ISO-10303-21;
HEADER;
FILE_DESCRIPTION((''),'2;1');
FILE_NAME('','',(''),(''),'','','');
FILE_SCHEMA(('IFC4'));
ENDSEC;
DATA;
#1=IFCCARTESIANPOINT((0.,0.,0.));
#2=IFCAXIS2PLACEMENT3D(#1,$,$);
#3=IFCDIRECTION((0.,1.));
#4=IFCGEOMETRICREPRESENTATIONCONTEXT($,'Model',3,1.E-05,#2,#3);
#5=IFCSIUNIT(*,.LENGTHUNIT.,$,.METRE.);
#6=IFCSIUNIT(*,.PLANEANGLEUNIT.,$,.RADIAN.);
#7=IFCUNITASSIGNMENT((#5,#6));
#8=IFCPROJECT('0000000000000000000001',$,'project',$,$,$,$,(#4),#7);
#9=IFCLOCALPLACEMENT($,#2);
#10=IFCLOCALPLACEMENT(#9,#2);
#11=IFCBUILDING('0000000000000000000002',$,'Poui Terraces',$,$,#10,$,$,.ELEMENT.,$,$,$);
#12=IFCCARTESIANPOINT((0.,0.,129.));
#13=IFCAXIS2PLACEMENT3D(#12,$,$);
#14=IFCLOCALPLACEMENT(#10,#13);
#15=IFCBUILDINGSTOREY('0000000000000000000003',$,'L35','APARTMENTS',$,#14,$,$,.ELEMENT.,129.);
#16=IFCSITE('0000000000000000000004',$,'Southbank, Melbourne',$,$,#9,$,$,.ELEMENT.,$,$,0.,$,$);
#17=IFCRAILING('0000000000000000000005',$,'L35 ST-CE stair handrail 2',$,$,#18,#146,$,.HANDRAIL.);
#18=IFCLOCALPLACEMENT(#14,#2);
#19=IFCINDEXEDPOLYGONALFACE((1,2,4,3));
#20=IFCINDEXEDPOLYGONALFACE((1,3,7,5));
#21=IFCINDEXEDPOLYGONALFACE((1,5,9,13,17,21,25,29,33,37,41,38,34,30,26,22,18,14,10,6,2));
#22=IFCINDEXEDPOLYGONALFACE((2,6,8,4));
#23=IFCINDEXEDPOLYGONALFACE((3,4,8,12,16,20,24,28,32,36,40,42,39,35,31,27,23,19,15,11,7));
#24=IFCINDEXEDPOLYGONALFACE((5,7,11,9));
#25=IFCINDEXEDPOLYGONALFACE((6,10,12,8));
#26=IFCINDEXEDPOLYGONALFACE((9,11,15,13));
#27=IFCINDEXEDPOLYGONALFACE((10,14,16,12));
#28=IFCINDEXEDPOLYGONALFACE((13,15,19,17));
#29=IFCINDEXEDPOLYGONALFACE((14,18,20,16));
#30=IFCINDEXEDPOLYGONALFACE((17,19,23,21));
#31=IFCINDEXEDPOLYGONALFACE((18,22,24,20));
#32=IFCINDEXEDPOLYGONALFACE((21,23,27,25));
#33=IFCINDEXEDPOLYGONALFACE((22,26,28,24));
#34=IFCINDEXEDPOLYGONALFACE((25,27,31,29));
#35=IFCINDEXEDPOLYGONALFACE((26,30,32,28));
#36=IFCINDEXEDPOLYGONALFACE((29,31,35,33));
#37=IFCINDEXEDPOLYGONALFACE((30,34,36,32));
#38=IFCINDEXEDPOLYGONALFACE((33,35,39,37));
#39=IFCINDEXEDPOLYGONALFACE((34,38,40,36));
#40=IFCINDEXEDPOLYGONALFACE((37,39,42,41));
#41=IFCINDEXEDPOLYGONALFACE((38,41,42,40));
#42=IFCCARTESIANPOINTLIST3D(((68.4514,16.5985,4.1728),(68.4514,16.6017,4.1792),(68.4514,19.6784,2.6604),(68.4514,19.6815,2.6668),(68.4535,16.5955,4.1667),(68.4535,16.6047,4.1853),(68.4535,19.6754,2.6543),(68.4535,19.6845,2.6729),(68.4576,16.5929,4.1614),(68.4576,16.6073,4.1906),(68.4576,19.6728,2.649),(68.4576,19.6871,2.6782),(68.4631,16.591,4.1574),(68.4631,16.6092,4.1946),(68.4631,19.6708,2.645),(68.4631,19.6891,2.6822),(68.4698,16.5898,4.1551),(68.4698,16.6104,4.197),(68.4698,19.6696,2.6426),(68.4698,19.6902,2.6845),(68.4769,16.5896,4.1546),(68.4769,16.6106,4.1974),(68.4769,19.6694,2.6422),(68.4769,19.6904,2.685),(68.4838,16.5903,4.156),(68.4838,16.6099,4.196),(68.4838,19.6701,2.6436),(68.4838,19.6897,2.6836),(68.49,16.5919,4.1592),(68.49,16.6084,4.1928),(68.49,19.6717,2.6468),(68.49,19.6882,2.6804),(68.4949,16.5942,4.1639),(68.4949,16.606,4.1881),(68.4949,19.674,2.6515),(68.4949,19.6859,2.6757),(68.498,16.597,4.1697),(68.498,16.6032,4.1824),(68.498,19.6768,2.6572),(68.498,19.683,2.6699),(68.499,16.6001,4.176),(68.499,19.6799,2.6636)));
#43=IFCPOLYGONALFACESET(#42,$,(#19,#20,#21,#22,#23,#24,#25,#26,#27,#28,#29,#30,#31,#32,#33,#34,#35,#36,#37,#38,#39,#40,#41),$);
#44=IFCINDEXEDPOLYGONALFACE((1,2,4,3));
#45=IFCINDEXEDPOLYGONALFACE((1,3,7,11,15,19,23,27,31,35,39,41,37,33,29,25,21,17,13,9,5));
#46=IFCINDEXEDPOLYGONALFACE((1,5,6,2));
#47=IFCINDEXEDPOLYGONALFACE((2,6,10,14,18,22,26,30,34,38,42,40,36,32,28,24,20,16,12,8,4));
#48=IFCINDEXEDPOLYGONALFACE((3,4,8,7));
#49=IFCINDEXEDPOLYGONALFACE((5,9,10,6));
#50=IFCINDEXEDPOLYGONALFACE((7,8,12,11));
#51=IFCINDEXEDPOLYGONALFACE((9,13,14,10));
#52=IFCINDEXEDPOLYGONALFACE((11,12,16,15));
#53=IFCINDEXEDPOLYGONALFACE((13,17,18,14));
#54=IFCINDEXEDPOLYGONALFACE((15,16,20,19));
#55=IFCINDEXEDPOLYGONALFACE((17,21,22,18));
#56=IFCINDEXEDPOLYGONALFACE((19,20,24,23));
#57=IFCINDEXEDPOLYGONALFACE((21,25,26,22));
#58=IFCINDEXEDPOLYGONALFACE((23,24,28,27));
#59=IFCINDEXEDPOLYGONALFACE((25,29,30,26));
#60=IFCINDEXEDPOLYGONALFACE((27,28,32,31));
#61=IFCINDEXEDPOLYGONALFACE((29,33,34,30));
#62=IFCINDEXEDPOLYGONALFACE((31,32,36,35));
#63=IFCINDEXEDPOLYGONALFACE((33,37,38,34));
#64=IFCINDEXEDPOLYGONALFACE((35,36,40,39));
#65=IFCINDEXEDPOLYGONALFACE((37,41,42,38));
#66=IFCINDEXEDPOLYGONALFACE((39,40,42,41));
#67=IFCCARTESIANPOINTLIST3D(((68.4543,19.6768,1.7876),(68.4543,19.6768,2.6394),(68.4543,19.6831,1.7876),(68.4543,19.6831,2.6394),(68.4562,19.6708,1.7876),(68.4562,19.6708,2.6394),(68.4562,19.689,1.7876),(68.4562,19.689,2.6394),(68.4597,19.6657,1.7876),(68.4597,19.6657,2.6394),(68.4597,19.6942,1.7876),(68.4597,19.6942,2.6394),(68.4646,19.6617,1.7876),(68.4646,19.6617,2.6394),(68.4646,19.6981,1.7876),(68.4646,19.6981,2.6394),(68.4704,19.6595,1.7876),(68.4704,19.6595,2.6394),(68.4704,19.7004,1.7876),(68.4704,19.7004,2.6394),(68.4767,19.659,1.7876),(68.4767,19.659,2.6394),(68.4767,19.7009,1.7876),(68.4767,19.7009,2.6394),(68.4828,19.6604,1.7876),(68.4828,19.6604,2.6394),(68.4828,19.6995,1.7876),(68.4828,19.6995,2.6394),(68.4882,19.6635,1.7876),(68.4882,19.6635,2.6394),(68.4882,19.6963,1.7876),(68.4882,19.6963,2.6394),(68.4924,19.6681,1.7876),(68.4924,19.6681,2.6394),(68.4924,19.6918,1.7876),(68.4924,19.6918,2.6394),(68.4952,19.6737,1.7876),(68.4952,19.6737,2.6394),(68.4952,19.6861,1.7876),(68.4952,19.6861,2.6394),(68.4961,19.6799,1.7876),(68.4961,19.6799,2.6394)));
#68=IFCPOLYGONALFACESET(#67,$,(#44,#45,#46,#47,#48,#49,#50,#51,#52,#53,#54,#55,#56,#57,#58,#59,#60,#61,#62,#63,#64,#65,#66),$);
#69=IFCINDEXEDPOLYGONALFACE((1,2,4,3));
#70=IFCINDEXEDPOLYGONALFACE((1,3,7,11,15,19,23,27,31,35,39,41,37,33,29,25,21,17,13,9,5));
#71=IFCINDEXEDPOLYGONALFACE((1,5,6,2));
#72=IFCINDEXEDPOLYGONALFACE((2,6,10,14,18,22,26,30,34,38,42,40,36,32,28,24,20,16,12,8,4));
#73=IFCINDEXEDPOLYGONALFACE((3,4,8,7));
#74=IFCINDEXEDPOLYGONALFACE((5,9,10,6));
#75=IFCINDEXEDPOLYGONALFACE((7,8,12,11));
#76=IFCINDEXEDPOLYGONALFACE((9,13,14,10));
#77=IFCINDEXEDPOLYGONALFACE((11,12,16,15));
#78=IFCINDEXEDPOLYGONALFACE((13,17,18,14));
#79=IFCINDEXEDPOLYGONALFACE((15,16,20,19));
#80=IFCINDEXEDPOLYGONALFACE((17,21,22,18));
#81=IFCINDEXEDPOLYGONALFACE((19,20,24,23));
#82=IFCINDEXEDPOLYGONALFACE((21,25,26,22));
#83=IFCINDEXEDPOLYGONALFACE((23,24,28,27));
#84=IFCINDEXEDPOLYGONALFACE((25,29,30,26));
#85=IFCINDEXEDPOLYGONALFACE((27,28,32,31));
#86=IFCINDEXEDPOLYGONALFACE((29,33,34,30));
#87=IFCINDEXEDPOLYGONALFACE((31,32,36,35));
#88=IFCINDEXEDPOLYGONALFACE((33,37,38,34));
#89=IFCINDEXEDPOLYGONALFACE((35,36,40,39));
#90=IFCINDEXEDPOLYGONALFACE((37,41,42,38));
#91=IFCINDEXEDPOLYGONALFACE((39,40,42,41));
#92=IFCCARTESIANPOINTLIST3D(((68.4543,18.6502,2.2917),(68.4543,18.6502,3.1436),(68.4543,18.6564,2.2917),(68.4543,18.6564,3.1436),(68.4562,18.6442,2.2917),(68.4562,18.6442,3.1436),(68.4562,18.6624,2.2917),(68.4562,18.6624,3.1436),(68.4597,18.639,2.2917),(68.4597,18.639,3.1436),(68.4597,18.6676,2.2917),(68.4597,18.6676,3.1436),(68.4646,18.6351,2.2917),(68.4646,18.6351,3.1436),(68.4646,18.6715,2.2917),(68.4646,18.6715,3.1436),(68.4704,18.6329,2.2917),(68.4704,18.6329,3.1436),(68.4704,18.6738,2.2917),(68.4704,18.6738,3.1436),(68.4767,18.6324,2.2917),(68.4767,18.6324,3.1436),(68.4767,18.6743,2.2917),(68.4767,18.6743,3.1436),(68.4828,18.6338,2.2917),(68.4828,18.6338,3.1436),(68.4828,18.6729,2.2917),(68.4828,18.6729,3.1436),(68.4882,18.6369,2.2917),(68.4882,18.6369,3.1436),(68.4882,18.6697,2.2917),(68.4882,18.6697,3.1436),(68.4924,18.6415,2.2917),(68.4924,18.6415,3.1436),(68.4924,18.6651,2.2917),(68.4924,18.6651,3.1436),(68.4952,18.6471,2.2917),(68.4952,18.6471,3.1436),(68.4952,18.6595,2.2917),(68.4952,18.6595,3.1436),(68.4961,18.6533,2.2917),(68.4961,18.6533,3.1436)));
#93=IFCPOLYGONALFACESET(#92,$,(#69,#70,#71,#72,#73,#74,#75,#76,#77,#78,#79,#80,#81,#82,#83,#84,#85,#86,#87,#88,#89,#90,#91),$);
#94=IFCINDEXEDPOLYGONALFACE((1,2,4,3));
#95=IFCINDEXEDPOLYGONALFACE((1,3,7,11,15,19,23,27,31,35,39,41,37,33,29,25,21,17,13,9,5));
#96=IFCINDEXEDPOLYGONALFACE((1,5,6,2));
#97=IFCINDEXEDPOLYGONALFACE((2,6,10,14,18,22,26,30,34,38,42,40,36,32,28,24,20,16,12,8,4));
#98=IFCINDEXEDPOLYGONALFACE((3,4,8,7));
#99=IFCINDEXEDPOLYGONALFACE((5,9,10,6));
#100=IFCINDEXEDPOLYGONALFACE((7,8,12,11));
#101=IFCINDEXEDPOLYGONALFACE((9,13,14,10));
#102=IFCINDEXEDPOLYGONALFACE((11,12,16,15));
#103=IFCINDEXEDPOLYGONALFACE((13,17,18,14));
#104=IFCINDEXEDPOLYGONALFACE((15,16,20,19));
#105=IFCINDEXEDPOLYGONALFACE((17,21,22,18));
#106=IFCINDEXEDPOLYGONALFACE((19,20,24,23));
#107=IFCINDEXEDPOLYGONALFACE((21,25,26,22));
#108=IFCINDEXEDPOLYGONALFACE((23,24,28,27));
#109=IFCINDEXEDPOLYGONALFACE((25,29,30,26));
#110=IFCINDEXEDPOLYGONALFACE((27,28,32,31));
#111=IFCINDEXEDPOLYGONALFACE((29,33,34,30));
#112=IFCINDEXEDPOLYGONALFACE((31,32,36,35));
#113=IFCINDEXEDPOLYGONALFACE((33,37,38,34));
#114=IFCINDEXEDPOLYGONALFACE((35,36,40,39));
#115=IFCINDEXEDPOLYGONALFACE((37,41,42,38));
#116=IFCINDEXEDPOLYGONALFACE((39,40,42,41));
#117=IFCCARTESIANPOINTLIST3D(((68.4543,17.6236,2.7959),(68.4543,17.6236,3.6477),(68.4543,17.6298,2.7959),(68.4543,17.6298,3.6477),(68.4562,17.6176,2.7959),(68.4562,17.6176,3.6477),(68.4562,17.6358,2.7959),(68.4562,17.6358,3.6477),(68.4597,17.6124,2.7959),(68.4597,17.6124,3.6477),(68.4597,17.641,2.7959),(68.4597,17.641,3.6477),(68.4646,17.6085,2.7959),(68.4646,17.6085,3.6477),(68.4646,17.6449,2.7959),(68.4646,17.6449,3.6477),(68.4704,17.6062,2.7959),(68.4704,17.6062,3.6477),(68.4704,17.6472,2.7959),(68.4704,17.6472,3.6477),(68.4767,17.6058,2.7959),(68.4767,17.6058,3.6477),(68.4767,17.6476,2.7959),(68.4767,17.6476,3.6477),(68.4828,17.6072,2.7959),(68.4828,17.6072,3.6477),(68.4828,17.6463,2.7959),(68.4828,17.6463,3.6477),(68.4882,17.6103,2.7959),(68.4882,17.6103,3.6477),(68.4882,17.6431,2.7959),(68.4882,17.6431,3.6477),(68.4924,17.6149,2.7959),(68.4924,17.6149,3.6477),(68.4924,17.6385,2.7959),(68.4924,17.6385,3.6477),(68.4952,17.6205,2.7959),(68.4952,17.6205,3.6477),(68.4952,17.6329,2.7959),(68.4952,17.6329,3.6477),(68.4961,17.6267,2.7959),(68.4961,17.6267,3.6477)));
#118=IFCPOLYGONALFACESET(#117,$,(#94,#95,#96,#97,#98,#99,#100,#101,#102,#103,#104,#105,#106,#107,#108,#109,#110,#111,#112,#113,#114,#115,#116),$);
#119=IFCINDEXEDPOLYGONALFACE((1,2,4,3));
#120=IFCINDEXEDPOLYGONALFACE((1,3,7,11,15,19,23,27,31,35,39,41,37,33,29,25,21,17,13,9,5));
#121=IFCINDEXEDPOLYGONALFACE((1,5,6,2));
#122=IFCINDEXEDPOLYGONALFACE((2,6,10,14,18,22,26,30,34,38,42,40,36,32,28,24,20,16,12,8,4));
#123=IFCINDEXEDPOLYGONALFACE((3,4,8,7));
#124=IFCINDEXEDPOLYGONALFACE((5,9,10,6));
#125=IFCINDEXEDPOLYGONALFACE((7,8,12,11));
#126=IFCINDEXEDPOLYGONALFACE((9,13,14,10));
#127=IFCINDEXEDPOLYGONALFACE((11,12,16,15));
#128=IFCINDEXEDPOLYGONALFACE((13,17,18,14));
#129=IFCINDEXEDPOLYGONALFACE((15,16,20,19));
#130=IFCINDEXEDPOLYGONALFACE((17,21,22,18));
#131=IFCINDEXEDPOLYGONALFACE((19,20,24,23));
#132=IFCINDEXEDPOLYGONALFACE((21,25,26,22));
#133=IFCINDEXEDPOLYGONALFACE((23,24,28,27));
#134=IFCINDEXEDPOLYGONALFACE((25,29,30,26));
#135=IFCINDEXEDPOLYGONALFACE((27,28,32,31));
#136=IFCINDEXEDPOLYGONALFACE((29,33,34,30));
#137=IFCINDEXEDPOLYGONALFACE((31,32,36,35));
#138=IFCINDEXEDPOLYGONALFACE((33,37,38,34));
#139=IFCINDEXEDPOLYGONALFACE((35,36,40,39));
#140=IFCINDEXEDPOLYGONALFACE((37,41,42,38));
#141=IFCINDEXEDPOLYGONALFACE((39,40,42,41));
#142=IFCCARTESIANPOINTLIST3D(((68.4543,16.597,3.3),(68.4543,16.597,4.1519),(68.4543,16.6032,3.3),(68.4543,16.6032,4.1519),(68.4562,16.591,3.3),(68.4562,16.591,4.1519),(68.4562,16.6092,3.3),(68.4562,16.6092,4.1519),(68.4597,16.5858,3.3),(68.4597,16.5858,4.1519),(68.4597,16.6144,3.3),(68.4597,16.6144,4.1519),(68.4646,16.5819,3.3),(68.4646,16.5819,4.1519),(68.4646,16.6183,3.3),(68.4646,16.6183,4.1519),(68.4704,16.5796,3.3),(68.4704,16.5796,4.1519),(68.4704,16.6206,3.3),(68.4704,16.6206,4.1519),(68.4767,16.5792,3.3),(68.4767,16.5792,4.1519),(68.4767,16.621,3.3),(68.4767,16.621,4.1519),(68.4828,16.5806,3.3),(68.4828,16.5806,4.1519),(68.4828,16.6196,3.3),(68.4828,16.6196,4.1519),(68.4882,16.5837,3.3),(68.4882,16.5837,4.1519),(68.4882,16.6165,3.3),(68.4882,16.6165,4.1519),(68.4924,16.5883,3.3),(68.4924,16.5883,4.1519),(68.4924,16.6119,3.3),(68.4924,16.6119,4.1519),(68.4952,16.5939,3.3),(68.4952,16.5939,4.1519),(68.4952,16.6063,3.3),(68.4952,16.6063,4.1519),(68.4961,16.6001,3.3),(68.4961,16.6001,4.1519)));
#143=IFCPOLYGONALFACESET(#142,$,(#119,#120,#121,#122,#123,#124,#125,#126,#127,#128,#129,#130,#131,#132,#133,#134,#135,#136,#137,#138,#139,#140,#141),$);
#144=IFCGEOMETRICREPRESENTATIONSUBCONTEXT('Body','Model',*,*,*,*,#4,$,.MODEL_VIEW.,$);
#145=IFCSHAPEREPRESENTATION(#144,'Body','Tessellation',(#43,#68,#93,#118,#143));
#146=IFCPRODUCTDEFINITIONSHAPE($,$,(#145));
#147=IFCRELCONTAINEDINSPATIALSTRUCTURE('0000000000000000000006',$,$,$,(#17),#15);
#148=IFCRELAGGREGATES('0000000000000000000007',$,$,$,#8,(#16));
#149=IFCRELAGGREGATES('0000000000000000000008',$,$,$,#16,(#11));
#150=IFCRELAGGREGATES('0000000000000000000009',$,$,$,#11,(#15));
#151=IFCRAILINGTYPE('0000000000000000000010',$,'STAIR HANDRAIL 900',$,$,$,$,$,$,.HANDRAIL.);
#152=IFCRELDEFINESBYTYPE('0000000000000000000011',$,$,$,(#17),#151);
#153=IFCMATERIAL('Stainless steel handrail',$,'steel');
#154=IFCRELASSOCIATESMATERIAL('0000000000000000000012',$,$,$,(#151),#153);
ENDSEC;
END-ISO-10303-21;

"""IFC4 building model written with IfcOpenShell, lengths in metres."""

from ifc_helpers import new_model, si_unit, direction, frame, origin, origin_2d, place, context, subcontext, project, spatial, circle, extrude, material, type_object, element, save


model = new_model("IFC4")

# Units and contexts
model_context = context("Model", 3, precision=1e-05, world=origin(), true_north=direction((0.0, 1.0)))
body_context = subcontext(model_context, "Body", "Model", "MODEL_VIEW")
ifc_project = project(units=[si_unit("LENGTHUNIT", "METRE"), si_unit("PLANEANGLEUNIT", "RADIAN")], contexts=[model_context])

# Site, building, storey
site_placement = place(None, origin())
site = spatial("IfcSite", under=ifc_project, at=site_placement, Name="Southbank, Melbourne", CompositionType="ELEMENT", RefElevation=0.0)
building_placement = place(site_placement, origin())
building = spatial("IfcBuilding", under=site, at=building_placement, Name="Poui Terraces", CompositionType="ELEMENT")
storey_placement = place(building_placement, frame((0.0, 0.0, 129.0)))
storey = spatial("IfcBuildingStorey", under=building, at=storey_placement, Name="L35", Description="APARTMENTS", CompositionType="ELEMENT", Elevation=129.0)

# Railing
ifc_material_1 = material(Name="Stainless steel handrail", Category="steel")
railing_type_1 = type_object("IfcRailingType", Name="STAIR HANDRAIL 900", PredefinedType="HANDRAIL", material=ifc_material_1)
for number, where, name in (
    (1, (68.4751, 19.6799, 1.7876), "L35 ST-CE stair handrail 2"),
):
    element("IfcRailing", number, at=place(storey_placement, frame(where)), inside=storey, type_object=railing_type_1, Name=name, PredefinedType="HANDRAIL", context=body_context, shape_type="SweptSolid", body=[
        extrude(circle(Radius=0.0239, at=origin_2d()), frame((0.0, 0.0, 0.876), z_axis=(0.0, -0.897606, 0.440798), x_axis=(1.0, 0.0, 0.0)), (0.0, 0.0, 1.0), 3.4312),
        extrude(circle(Radius=0.021, at=origin_2d()), origin(), (0.0, 0.0, 1.0), 0.8518),
        extrude(circle(Radius=0.021, at=origin_2d()), frame((0.0, -1.0266, 0.5042)), (0.0, 0.0, 1.0), 0.8518),
        extrude(circle(Radius=0.021, at=origin_2d()), frame((0.0, -2.0532, 1.0083)), (0.0, 0.0, 1.0), 0.8518),
        extrude(circle(Radius=0.021, at=origin_2d()), frame((0.0, -3.0798, 1.5125)), (0.0, 0.0, 1.0), 0.8518),
    ])

save(model, "model.ifc")
